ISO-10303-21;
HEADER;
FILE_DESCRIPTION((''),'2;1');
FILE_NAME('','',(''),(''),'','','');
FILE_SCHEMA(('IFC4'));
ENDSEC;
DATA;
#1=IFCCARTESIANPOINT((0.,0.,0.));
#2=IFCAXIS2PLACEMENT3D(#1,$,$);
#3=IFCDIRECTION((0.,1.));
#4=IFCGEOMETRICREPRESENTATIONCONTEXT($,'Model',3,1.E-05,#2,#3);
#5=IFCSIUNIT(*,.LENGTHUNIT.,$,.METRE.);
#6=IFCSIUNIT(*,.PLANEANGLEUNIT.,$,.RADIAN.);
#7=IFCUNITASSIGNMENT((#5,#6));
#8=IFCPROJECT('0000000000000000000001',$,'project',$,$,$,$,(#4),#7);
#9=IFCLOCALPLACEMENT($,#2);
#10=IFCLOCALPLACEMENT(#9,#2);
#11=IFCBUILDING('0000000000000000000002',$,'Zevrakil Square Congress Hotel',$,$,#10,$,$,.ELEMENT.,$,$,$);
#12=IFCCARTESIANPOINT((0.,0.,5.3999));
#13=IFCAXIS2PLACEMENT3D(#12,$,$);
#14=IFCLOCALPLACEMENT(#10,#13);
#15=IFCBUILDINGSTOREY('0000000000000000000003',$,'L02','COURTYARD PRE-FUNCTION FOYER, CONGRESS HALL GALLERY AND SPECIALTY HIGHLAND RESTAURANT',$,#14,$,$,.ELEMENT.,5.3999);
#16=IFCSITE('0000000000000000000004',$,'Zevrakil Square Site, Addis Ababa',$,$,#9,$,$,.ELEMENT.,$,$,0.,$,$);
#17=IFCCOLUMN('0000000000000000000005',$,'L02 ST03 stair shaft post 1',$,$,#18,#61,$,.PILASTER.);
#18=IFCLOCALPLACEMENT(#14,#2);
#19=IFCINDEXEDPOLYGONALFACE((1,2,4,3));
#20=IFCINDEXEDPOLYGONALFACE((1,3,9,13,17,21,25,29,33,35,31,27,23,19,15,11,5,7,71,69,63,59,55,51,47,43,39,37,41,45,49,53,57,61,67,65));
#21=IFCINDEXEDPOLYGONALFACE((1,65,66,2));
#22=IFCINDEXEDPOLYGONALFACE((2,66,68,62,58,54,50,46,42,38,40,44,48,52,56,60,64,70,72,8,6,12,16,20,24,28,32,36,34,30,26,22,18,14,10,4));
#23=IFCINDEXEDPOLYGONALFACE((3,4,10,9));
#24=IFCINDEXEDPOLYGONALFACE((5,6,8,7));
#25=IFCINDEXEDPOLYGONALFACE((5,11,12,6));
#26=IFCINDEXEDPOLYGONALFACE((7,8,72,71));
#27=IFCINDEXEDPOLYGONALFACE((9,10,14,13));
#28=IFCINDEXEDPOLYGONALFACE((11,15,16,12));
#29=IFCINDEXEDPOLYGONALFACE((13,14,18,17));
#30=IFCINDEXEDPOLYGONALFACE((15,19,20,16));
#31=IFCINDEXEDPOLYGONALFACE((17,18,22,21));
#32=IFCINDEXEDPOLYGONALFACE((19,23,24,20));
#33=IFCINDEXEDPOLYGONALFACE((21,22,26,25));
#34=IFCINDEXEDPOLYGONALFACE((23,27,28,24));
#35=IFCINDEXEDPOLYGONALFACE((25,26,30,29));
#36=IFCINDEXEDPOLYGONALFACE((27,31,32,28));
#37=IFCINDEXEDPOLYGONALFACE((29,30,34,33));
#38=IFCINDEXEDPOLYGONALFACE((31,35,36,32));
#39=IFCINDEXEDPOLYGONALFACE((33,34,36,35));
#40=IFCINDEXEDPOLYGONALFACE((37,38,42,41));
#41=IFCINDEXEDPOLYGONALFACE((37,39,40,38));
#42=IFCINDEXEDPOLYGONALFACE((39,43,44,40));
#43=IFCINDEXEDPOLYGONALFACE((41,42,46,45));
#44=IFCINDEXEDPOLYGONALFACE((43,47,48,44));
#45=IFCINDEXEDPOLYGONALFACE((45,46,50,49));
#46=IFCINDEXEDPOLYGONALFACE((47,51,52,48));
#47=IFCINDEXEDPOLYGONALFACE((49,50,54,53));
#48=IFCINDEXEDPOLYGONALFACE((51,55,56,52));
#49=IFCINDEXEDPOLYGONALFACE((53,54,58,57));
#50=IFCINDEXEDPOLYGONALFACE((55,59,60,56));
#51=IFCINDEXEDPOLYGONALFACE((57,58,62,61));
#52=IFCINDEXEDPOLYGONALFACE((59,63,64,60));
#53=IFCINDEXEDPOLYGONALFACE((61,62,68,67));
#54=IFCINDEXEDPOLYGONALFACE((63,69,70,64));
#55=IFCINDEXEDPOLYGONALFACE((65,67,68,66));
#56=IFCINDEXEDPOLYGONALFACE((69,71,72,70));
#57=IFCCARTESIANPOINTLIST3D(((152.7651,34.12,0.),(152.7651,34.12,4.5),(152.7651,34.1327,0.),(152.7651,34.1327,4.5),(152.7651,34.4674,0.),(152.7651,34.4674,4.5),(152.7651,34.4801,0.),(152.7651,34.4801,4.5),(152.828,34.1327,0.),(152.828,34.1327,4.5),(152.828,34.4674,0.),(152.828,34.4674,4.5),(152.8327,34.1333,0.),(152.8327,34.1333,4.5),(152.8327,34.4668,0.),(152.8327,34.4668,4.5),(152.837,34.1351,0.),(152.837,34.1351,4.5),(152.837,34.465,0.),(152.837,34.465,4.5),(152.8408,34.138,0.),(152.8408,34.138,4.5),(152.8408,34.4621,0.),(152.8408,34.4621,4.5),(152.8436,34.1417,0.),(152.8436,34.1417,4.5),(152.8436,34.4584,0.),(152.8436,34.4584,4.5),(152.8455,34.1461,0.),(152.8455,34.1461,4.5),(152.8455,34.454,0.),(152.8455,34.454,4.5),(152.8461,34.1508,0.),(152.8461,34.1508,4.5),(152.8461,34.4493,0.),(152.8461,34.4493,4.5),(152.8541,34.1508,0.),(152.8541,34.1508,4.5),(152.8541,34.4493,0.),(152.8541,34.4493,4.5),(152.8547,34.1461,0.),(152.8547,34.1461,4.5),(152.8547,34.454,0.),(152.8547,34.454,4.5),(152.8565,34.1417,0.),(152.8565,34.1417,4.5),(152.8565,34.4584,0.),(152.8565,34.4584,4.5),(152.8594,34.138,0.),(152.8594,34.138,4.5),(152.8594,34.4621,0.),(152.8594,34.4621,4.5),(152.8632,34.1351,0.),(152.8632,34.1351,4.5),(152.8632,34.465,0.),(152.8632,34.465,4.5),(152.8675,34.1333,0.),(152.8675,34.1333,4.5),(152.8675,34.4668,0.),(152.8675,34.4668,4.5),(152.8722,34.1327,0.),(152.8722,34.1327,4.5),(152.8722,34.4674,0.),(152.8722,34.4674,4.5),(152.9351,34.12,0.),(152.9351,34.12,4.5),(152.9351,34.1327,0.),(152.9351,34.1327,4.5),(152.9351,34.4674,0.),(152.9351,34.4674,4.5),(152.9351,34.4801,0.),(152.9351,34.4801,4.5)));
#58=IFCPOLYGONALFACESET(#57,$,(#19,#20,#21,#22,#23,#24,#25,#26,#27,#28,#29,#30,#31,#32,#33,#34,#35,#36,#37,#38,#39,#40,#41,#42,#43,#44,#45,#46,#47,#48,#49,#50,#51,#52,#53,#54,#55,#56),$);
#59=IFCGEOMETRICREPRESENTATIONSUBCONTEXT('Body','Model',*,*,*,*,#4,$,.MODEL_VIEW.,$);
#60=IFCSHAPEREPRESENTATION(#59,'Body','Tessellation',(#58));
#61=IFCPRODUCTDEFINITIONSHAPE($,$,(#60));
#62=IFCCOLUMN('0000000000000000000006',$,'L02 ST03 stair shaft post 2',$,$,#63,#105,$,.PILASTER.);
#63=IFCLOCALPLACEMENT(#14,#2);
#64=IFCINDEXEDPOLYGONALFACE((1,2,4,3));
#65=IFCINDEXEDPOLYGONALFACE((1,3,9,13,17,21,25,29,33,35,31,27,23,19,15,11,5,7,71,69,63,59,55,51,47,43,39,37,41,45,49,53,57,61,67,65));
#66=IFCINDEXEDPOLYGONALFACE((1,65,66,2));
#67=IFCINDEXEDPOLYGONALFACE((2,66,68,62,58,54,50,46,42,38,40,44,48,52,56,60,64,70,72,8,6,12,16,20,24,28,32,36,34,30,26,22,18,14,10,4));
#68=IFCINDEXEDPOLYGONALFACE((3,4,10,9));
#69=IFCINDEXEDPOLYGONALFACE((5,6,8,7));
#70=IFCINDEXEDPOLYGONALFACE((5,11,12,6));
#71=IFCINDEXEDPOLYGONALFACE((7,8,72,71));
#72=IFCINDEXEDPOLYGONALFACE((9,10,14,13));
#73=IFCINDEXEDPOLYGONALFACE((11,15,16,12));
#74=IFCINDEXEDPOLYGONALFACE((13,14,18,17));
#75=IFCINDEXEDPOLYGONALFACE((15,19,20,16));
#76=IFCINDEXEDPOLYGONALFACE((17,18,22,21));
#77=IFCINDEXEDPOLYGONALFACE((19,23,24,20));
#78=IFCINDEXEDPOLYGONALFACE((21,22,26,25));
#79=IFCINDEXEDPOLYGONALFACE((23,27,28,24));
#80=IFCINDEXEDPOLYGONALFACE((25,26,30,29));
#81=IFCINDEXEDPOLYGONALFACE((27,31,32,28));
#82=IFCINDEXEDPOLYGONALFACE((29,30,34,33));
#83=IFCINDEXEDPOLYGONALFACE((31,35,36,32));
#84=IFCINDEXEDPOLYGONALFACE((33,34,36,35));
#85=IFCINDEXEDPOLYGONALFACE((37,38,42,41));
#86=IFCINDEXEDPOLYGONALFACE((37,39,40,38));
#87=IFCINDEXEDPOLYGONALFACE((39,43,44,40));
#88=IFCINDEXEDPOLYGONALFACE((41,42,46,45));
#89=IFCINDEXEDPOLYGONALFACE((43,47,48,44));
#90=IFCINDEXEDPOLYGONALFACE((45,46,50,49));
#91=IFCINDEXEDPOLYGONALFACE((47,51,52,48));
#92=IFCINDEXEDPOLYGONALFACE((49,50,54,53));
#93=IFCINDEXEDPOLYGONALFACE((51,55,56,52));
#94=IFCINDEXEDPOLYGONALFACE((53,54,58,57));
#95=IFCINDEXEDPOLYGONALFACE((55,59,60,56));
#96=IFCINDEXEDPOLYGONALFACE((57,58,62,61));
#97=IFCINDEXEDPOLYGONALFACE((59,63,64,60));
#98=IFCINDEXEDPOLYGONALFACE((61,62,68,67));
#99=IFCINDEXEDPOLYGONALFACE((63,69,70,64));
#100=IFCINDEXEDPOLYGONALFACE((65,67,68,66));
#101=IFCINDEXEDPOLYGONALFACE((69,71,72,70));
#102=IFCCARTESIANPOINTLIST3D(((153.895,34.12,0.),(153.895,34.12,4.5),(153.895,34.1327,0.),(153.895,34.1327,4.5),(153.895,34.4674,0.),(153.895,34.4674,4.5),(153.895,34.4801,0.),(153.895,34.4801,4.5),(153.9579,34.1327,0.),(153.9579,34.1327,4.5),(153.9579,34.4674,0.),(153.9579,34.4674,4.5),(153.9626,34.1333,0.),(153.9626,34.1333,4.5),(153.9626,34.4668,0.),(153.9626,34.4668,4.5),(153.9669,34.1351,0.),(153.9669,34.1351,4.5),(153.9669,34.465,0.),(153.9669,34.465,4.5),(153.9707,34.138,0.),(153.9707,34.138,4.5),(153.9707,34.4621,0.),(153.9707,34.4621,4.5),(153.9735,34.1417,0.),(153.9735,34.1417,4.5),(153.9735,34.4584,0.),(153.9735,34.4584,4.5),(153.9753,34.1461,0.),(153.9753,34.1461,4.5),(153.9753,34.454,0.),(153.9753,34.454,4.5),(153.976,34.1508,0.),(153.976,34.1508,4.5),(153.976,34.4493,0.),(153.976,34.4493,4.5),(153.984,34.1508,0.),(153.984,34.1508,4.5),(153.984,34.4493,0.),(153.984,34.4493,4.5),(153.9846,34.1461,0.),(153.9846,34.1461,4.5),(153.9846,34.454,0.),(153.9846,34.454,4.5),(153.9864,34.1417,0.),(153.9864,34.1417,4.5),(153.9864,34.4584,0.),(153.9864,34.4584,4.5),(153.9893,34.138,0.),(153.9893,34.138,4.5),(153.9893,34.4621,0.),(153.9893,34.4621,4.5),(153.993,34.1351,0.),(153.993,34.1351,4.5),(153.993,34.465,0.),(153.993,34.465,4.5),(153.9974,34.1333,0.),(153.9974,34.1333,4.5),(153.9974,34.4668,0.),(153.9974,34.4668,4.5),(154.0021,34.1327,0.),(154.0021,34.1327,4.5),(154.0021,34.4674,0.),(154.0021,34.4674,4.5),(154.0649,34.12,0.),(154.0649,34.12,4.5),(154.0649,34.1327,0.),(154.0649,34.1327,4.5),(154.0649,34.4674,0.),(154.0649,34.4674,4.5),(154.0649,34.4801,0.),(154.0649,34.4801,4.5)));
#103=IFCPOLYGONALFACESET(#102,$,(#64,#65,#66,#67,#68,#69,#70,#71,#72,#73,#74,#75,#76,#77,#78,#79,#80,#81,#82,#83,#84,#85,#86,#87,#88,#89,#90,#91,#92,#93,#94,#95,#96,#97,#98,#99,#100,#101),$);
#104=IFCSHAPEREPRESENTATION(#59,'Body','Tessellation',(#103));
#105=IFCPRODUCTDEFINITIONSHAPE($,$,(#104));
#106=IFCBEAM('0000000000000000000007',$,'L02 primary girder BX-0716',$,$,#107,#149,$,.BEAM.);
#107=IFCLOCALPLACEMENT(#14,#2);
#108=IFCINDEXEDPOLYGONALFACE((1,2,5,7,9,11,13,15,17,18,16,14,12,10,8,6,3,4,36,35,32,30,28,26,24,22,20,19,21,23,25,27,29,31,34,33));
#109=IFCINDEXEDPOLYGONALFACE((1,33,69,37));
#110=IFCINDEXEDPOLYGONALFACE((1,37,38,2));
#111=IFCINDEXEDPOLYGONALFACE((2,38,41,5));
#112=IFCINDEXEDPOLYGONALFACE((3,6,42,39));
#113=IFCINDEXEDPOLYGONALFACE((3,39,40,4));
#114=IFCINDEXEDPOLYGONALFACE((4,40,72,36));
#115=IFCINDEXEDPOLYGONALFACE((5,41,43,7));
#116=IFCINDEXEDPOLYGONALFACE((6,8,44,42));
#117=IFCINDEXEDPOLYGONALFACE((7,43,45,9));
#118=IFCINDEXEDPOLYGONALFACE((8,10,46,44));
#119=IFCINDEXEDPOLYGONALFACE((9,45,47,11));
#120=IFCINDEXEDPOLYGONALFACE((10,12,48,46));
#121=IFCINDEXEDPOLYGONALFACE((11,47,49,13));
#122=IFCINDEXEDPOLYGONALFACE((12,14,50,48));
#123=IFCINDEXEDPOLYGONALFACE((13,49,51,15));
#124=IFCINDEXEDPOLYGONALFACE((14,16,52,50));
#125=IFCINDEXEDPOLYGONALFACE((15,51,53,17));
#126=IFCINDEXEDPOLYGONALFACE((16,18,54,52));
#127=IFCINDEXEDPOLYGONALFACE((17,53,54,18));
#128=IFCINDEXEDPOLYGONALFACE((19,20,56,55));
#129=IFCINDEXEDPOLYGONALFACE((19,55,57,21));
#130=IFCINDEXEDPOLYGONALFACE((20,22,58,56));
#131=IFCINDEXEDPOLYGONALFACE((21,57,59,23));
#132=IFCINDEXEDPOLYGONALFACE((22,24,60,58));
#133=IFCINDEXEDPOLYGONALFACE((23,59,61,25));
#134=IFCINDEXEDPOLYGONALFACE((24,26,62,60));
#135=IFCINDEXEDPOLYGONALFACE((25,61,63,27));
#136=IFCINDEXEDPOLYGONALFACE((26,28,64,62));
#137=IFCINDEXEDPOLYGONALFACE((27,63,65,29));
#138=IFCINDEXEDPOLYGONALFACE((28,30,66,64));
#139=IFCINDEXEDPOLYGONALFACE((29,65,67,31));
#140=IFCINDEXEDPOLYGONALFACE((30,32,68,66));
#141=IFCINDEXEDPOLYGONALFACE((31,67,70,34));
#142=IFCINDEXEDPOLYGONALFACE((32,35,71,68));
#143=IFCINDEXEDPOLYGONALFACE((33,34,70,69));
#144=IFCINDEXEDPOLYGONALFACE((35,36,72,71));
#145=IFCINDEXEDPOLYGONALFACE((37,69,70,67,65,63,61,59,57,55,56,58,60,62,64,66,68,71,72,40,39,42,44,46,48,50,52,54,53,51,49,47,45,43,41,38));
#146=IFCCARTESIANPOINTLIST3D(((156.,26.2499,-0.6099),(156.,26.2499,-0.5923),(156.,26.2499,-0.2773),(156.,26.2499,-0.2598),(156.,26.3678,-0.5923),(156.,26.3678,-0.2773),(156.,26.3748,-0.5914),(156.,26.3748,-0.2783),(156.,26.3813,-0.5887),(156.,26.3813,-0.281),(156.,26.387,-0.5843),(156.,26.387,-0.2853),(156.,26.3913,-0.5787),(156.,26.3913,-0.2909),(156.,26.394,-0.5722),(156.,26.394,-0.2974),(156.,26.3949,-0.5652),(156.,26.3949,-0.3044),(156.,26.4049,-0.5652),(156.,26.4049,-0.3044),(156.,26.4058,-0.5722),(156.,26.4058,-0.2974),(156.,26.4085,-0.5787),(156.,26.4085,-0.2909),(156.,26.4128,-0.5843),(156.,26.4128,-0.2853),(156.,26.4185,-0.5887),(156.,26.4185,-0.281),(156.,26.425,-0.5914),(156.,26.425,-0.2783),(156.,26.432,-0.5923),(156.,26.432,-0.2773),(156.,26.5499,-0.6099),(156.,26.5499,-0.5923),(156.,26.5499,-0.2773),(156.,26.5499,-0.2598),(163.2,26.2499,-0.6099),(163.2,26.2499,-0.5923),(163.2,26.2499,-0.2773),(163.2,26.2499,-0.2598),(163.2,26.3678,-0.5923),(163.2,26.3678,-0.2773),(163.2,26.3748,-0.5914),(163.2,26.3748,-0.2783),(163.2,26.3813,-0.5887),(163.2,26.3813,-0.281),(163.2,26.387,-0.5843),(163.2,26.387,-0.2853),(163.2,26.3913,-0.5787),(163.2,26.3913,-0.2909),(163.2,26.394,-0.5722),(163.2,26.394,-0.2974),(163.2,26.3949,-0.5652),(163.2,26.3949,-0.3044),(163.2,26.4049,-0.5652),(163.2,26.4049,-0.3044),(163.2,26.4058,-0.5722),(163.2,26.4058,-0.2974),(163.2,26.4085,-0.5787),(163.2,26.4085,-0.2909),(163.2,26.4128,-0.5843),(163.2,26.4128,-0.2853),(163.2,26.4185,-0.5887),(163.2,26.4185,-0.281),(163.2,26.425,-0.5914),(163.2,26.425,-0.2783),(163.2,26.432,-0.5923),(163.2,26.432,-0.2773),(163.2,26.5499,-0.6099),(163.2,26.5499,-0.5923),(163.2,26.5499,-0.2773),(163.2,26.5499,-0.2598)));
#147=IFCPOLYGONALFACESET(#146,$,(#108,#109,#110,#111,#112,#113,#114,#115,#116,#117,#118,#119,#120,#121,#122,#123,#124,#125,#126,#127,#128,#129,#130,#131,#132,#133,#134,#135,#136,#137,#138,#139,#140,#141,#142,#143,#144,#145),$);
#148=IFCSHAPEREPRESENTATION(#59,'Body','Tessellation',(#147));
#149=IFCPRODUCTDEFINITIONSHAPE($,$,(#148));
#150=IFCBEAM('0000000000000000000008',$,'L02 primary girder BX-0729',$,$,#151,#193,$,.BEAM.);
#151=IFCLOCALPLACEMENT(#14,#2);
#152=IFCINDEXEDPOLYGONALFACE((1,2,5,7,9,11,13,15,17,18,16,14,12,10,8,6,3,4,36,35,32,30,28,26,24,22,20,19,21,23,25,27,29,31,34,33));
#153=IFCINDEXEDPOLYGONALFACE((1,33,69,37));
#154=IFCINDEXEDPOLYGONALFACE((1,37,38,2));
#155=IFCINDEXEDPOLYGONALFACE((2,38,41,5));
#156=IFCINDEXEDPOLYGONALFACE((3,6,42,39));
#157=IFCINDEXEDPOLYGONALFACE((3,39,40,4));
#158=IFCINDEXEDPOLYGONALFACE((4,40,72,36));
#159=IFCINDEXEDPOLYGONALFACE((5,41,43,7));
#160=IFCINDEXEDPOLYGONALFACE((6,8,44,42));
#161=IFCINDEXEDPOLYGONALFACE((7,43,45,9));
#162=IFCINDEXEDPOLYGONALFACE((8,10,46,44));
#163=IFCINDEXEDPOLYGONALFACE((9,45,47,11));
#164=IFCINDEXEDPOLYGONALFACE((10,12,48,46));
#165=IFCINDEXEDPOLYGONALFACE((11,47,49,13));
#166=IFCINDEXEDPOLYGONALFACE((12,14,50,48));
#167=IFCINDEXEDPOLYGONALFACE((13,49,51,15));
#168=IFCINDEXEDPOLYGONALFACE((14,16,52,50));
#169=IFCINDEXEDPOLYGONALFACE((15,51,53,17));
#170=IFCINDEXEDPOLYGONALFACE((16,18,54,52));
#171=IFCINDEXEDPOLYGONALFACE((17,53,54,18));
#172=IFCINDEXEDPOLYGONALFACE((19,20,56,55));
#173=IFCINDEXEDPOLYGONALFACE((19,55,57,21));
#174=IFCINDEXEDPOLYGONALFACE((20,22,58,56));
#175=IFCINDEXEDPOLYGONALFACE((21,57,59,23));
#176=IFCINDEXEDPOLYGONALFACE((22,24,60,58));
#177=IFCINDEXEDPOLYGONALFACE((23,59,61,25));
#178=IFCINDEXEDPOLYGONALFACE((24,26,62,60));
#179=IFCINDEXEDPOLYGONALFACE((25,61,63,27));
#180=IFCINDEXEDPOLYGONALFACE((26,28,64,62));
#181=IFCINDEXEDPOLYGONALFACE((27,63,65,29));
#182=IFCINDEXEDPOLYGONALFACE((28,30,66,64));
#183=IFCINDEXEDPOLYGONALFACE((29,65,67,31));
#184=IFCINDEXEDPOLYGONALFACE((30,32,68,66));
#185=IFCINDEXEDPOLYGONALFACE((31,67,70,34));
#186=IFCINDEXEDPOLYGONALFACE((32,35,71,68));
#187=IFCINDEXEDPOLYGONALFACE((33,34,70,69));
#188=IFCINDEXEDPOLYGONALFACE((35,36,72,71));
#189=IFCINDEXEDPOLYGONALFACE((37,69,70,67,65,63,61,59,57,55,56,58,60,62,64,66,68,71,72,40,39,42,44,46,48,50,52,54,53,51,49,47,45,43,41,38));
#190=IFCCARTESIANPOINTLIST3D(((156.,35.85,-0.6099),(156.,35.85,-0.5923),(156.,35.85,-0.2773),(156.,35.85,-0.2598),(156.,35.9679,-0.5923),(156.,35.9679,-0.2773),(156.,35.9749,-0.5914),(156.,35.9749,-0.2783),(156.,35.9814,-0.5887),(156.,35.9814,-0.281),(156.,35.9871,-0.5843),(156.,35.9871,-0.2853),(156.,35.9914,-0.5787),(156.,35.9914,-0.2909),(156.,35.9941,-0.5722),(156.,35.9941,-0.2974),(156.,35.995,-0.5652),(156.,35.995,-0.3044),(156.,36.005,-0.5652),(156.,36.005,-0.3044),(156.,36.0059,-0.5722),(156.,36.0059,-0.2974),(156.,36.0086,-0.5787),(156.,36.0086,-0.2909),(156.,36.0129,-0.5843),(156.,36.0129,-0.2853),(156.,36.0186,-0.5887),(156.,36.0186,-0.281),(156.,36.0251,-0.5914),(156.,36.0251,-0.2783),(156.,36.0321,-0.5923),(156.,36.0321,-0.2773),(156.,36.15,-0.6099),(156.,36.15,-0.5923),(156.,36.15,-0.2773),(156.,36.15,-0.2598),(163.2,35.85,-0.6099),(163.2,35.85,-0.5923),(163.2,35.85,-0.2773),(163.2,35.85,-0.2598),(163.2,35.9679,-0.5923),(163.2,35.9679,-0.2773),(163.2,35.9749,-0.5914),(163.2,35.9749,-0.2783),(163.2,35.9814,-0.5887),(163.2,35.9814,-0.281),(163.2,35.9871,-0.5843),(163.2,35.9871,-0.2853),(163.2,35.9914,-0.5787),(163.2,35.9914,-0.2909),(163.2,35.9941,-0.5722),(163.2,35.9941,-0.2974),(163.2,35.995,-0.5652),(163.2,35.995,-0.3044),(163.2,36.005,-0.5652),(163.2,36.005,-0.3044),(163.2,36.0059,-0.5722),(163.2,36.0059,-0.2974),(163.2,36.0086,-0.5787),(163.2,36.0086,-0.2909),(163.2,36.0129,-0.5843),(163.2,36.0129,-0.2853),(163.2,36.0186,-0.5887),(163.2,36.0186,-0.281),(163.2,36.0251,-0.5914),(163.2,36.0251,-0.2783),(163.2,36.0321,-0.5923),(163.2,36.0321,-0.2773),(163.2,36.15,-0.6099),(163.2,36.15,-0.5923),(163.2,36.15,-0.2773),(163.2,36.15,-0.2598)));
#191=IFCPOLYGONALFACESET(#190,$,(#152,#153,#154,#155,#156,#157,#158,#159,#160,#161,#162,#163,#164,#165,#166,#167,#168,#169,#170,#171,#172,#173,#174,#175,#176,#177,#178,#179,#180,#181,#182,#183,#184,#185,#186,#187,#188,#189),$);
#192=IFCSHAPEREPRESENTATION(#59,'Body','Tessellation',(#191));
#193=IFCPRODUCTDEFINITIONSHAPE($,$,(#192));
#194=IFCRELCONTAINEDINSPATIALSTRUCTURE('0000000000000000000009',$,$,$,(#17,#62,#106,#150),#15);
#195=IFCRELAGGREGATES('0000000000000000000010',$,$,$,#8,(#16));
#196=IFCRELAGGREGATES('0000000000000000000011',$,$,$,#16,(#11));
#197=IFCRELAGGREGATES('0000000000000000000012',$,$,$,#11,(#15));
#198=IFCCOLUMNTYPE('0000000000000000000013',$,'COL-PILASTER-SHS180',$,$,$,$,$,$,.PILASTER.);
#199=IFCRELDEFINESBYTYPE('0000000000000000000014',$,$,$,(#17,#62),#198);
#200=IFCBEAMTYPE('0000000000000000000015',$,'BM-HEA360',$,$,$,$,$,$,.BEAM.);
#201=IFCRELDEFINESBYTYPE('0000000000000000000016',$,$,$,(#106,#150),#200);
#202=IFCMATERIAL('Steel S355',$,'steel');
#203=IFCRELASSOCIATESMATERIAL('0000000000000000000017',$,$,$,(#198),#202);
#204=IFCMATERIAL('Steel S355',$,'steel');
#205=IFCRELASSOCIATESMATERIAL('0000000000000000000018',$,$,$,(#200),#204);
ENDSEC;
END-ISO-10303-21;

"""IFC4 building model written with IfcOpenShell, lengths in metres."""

from ifc_helpers import new_model, si_unit, direction, frame, origin, origin_2d, place, context, subcontext, project, spatial, i_section, extrude, material, material_profile, profile_set, type_object, element, save


model = new_model("IFC4")

# Units and contexts
model_context = context("Model", 3, precision=1e-05, world=origin(), true_north=direction((0.0, 1.0)))
body_context = subcontext(model_context, "Body", "Model", "MODEL_VIEW")
ifc_project = project(units=[si_unit("LENGTHUNIT", "METRE"), si_unit("PLANEANGLEUNIT", "RADIAN")], contexts=[model_context])

# Site, building, storey
site_placement = place(None, origin())
site = spatial("IfcSite", under=ifc_project, at=site_placement, Name="Zevrakil Square Site, Addis Ababa", CompositionType="ELEMENT", RefElevation=0.0)
building_placement = place(site_placement, origin())
building = spatial("IfcBuilding", under=site, at=building_placement, Name="Zevrakil Square Congress Hotel", CompositionType="ELEMENT")
storey_placement = place(building_placement, frame((0.0, 0.0, 5.3999)))
storey = spatial("IfcBuildingStorey", under=building, at=storey_placement, Name="L02", Description="COURTYARD PRE-FUNCTION FOYER, CONGRESS HALL GALLERY AND SPECIALTY HIGHLAND RESTAURANT", CompositionType="ELEMENT", Elevation=5.3999)

# Columns
ifc_material_1 = material(Name="Steel S355", Category="steel")
ifc_material_profile_1 = material_profile(ifc_material_1, i_section(OverallWidth=0.1699, OverallDepth=0.3601, WebThickness=0.0081, FlangeThickness=0.0127, FilletRadius=0.0181, at=origin_2d()), Name="IPE 360")
ifc_profile_set_1 = profile_set([ifc_material_profile_1], Name="Steel S355")
column_type_1 = type_object("IfcColumnType", Name="COL-PILASTER-SHS180", PredefinedType="PILASTER", material=ifc_profile_set_1)
for number, where, z_axis, x_axis, name in (
    (1, (152.8501, 34.3, 0.0), (0.0, 0.0, 1.0), (1.0, 0.0, 0.0), "L02 ST03 stair shaft post 1"),
    (2, (153.98, 34.3, 0.0), (0.0, 0.0, 1.0), (1.0, 0.0, 0.0), "L02 ST03 stair shaft post 2"),
):
    element("IfcColumn", number, at=place(storey_placement, frame(where, z_axis=z_axis, x_axis=x_axis)), inside=storey, type_object=column_type_1, Name=name, PredefinedType="PILASTER", context=body_context, shape_type="SweptSolid", body=[
        extrude(i_section(OverallWidth=0.1699, OverallDepth=0.3601, WebThickness=0.0081, FlangeThickness=0.0127, FilletRadius=0.0181, at=origin_2d()), origin(), (0.0, 0.0, 1.0), 4.5),
    ])

# Beams
ifc_material_2 = material(Name="Steel S355", Category="steel")
ifc_material_profile_2 = material_profile(ifc_material_2, i_section(OverallWidth=0.3, OverallDepth=0.3501, WebThickness=0.01, FlangeThickness=0.0176, FilletRadius=0.0271, at=origin_2d()), Name="HEA 360")
ifc_profile_set_2 = profile_set([ifc_material_profile_2], Name="Steel S355")
beam_type_1 = type_object("IfcBeamType", Name="BM-HEA360", PredefinedType="BEAM", material=ifc_profile_set_2)
for number, where, z_axis, x_axis, name in (
    (3, (156.0, 26.3999, -0.4348), (1.0, 0.0, 0.0), (0.0, 1.0, 0.0), "L02 primary girder BX-0716"),
    (4, (156.0, 36.0, -0.4348), (1.0, 0.0, 0.0), (0.0, 1.0, 0.0), "L02 primary girder BX-0729"),
):
    element("IfcBeam", number, at=place(storey_placement, frame(where, z_axis=z_axis, x_axis=x_axis)), inside=storey, type_object=beam_type_1, Name=name, PredefinedType="BEAM", context=body_context, shape_type="SweptSolid", body=[
        extrude(i_section(OverallWidth=0.3, OverallDepth=0.3501, WebThickness=0.01, FlangeThickness=0.0176, FilletRadius=0.0271, at=origin_2d()), origin(), (0.0, 0.0, 1.0), 7.2),
    ])

save(model, "model.ifc")
